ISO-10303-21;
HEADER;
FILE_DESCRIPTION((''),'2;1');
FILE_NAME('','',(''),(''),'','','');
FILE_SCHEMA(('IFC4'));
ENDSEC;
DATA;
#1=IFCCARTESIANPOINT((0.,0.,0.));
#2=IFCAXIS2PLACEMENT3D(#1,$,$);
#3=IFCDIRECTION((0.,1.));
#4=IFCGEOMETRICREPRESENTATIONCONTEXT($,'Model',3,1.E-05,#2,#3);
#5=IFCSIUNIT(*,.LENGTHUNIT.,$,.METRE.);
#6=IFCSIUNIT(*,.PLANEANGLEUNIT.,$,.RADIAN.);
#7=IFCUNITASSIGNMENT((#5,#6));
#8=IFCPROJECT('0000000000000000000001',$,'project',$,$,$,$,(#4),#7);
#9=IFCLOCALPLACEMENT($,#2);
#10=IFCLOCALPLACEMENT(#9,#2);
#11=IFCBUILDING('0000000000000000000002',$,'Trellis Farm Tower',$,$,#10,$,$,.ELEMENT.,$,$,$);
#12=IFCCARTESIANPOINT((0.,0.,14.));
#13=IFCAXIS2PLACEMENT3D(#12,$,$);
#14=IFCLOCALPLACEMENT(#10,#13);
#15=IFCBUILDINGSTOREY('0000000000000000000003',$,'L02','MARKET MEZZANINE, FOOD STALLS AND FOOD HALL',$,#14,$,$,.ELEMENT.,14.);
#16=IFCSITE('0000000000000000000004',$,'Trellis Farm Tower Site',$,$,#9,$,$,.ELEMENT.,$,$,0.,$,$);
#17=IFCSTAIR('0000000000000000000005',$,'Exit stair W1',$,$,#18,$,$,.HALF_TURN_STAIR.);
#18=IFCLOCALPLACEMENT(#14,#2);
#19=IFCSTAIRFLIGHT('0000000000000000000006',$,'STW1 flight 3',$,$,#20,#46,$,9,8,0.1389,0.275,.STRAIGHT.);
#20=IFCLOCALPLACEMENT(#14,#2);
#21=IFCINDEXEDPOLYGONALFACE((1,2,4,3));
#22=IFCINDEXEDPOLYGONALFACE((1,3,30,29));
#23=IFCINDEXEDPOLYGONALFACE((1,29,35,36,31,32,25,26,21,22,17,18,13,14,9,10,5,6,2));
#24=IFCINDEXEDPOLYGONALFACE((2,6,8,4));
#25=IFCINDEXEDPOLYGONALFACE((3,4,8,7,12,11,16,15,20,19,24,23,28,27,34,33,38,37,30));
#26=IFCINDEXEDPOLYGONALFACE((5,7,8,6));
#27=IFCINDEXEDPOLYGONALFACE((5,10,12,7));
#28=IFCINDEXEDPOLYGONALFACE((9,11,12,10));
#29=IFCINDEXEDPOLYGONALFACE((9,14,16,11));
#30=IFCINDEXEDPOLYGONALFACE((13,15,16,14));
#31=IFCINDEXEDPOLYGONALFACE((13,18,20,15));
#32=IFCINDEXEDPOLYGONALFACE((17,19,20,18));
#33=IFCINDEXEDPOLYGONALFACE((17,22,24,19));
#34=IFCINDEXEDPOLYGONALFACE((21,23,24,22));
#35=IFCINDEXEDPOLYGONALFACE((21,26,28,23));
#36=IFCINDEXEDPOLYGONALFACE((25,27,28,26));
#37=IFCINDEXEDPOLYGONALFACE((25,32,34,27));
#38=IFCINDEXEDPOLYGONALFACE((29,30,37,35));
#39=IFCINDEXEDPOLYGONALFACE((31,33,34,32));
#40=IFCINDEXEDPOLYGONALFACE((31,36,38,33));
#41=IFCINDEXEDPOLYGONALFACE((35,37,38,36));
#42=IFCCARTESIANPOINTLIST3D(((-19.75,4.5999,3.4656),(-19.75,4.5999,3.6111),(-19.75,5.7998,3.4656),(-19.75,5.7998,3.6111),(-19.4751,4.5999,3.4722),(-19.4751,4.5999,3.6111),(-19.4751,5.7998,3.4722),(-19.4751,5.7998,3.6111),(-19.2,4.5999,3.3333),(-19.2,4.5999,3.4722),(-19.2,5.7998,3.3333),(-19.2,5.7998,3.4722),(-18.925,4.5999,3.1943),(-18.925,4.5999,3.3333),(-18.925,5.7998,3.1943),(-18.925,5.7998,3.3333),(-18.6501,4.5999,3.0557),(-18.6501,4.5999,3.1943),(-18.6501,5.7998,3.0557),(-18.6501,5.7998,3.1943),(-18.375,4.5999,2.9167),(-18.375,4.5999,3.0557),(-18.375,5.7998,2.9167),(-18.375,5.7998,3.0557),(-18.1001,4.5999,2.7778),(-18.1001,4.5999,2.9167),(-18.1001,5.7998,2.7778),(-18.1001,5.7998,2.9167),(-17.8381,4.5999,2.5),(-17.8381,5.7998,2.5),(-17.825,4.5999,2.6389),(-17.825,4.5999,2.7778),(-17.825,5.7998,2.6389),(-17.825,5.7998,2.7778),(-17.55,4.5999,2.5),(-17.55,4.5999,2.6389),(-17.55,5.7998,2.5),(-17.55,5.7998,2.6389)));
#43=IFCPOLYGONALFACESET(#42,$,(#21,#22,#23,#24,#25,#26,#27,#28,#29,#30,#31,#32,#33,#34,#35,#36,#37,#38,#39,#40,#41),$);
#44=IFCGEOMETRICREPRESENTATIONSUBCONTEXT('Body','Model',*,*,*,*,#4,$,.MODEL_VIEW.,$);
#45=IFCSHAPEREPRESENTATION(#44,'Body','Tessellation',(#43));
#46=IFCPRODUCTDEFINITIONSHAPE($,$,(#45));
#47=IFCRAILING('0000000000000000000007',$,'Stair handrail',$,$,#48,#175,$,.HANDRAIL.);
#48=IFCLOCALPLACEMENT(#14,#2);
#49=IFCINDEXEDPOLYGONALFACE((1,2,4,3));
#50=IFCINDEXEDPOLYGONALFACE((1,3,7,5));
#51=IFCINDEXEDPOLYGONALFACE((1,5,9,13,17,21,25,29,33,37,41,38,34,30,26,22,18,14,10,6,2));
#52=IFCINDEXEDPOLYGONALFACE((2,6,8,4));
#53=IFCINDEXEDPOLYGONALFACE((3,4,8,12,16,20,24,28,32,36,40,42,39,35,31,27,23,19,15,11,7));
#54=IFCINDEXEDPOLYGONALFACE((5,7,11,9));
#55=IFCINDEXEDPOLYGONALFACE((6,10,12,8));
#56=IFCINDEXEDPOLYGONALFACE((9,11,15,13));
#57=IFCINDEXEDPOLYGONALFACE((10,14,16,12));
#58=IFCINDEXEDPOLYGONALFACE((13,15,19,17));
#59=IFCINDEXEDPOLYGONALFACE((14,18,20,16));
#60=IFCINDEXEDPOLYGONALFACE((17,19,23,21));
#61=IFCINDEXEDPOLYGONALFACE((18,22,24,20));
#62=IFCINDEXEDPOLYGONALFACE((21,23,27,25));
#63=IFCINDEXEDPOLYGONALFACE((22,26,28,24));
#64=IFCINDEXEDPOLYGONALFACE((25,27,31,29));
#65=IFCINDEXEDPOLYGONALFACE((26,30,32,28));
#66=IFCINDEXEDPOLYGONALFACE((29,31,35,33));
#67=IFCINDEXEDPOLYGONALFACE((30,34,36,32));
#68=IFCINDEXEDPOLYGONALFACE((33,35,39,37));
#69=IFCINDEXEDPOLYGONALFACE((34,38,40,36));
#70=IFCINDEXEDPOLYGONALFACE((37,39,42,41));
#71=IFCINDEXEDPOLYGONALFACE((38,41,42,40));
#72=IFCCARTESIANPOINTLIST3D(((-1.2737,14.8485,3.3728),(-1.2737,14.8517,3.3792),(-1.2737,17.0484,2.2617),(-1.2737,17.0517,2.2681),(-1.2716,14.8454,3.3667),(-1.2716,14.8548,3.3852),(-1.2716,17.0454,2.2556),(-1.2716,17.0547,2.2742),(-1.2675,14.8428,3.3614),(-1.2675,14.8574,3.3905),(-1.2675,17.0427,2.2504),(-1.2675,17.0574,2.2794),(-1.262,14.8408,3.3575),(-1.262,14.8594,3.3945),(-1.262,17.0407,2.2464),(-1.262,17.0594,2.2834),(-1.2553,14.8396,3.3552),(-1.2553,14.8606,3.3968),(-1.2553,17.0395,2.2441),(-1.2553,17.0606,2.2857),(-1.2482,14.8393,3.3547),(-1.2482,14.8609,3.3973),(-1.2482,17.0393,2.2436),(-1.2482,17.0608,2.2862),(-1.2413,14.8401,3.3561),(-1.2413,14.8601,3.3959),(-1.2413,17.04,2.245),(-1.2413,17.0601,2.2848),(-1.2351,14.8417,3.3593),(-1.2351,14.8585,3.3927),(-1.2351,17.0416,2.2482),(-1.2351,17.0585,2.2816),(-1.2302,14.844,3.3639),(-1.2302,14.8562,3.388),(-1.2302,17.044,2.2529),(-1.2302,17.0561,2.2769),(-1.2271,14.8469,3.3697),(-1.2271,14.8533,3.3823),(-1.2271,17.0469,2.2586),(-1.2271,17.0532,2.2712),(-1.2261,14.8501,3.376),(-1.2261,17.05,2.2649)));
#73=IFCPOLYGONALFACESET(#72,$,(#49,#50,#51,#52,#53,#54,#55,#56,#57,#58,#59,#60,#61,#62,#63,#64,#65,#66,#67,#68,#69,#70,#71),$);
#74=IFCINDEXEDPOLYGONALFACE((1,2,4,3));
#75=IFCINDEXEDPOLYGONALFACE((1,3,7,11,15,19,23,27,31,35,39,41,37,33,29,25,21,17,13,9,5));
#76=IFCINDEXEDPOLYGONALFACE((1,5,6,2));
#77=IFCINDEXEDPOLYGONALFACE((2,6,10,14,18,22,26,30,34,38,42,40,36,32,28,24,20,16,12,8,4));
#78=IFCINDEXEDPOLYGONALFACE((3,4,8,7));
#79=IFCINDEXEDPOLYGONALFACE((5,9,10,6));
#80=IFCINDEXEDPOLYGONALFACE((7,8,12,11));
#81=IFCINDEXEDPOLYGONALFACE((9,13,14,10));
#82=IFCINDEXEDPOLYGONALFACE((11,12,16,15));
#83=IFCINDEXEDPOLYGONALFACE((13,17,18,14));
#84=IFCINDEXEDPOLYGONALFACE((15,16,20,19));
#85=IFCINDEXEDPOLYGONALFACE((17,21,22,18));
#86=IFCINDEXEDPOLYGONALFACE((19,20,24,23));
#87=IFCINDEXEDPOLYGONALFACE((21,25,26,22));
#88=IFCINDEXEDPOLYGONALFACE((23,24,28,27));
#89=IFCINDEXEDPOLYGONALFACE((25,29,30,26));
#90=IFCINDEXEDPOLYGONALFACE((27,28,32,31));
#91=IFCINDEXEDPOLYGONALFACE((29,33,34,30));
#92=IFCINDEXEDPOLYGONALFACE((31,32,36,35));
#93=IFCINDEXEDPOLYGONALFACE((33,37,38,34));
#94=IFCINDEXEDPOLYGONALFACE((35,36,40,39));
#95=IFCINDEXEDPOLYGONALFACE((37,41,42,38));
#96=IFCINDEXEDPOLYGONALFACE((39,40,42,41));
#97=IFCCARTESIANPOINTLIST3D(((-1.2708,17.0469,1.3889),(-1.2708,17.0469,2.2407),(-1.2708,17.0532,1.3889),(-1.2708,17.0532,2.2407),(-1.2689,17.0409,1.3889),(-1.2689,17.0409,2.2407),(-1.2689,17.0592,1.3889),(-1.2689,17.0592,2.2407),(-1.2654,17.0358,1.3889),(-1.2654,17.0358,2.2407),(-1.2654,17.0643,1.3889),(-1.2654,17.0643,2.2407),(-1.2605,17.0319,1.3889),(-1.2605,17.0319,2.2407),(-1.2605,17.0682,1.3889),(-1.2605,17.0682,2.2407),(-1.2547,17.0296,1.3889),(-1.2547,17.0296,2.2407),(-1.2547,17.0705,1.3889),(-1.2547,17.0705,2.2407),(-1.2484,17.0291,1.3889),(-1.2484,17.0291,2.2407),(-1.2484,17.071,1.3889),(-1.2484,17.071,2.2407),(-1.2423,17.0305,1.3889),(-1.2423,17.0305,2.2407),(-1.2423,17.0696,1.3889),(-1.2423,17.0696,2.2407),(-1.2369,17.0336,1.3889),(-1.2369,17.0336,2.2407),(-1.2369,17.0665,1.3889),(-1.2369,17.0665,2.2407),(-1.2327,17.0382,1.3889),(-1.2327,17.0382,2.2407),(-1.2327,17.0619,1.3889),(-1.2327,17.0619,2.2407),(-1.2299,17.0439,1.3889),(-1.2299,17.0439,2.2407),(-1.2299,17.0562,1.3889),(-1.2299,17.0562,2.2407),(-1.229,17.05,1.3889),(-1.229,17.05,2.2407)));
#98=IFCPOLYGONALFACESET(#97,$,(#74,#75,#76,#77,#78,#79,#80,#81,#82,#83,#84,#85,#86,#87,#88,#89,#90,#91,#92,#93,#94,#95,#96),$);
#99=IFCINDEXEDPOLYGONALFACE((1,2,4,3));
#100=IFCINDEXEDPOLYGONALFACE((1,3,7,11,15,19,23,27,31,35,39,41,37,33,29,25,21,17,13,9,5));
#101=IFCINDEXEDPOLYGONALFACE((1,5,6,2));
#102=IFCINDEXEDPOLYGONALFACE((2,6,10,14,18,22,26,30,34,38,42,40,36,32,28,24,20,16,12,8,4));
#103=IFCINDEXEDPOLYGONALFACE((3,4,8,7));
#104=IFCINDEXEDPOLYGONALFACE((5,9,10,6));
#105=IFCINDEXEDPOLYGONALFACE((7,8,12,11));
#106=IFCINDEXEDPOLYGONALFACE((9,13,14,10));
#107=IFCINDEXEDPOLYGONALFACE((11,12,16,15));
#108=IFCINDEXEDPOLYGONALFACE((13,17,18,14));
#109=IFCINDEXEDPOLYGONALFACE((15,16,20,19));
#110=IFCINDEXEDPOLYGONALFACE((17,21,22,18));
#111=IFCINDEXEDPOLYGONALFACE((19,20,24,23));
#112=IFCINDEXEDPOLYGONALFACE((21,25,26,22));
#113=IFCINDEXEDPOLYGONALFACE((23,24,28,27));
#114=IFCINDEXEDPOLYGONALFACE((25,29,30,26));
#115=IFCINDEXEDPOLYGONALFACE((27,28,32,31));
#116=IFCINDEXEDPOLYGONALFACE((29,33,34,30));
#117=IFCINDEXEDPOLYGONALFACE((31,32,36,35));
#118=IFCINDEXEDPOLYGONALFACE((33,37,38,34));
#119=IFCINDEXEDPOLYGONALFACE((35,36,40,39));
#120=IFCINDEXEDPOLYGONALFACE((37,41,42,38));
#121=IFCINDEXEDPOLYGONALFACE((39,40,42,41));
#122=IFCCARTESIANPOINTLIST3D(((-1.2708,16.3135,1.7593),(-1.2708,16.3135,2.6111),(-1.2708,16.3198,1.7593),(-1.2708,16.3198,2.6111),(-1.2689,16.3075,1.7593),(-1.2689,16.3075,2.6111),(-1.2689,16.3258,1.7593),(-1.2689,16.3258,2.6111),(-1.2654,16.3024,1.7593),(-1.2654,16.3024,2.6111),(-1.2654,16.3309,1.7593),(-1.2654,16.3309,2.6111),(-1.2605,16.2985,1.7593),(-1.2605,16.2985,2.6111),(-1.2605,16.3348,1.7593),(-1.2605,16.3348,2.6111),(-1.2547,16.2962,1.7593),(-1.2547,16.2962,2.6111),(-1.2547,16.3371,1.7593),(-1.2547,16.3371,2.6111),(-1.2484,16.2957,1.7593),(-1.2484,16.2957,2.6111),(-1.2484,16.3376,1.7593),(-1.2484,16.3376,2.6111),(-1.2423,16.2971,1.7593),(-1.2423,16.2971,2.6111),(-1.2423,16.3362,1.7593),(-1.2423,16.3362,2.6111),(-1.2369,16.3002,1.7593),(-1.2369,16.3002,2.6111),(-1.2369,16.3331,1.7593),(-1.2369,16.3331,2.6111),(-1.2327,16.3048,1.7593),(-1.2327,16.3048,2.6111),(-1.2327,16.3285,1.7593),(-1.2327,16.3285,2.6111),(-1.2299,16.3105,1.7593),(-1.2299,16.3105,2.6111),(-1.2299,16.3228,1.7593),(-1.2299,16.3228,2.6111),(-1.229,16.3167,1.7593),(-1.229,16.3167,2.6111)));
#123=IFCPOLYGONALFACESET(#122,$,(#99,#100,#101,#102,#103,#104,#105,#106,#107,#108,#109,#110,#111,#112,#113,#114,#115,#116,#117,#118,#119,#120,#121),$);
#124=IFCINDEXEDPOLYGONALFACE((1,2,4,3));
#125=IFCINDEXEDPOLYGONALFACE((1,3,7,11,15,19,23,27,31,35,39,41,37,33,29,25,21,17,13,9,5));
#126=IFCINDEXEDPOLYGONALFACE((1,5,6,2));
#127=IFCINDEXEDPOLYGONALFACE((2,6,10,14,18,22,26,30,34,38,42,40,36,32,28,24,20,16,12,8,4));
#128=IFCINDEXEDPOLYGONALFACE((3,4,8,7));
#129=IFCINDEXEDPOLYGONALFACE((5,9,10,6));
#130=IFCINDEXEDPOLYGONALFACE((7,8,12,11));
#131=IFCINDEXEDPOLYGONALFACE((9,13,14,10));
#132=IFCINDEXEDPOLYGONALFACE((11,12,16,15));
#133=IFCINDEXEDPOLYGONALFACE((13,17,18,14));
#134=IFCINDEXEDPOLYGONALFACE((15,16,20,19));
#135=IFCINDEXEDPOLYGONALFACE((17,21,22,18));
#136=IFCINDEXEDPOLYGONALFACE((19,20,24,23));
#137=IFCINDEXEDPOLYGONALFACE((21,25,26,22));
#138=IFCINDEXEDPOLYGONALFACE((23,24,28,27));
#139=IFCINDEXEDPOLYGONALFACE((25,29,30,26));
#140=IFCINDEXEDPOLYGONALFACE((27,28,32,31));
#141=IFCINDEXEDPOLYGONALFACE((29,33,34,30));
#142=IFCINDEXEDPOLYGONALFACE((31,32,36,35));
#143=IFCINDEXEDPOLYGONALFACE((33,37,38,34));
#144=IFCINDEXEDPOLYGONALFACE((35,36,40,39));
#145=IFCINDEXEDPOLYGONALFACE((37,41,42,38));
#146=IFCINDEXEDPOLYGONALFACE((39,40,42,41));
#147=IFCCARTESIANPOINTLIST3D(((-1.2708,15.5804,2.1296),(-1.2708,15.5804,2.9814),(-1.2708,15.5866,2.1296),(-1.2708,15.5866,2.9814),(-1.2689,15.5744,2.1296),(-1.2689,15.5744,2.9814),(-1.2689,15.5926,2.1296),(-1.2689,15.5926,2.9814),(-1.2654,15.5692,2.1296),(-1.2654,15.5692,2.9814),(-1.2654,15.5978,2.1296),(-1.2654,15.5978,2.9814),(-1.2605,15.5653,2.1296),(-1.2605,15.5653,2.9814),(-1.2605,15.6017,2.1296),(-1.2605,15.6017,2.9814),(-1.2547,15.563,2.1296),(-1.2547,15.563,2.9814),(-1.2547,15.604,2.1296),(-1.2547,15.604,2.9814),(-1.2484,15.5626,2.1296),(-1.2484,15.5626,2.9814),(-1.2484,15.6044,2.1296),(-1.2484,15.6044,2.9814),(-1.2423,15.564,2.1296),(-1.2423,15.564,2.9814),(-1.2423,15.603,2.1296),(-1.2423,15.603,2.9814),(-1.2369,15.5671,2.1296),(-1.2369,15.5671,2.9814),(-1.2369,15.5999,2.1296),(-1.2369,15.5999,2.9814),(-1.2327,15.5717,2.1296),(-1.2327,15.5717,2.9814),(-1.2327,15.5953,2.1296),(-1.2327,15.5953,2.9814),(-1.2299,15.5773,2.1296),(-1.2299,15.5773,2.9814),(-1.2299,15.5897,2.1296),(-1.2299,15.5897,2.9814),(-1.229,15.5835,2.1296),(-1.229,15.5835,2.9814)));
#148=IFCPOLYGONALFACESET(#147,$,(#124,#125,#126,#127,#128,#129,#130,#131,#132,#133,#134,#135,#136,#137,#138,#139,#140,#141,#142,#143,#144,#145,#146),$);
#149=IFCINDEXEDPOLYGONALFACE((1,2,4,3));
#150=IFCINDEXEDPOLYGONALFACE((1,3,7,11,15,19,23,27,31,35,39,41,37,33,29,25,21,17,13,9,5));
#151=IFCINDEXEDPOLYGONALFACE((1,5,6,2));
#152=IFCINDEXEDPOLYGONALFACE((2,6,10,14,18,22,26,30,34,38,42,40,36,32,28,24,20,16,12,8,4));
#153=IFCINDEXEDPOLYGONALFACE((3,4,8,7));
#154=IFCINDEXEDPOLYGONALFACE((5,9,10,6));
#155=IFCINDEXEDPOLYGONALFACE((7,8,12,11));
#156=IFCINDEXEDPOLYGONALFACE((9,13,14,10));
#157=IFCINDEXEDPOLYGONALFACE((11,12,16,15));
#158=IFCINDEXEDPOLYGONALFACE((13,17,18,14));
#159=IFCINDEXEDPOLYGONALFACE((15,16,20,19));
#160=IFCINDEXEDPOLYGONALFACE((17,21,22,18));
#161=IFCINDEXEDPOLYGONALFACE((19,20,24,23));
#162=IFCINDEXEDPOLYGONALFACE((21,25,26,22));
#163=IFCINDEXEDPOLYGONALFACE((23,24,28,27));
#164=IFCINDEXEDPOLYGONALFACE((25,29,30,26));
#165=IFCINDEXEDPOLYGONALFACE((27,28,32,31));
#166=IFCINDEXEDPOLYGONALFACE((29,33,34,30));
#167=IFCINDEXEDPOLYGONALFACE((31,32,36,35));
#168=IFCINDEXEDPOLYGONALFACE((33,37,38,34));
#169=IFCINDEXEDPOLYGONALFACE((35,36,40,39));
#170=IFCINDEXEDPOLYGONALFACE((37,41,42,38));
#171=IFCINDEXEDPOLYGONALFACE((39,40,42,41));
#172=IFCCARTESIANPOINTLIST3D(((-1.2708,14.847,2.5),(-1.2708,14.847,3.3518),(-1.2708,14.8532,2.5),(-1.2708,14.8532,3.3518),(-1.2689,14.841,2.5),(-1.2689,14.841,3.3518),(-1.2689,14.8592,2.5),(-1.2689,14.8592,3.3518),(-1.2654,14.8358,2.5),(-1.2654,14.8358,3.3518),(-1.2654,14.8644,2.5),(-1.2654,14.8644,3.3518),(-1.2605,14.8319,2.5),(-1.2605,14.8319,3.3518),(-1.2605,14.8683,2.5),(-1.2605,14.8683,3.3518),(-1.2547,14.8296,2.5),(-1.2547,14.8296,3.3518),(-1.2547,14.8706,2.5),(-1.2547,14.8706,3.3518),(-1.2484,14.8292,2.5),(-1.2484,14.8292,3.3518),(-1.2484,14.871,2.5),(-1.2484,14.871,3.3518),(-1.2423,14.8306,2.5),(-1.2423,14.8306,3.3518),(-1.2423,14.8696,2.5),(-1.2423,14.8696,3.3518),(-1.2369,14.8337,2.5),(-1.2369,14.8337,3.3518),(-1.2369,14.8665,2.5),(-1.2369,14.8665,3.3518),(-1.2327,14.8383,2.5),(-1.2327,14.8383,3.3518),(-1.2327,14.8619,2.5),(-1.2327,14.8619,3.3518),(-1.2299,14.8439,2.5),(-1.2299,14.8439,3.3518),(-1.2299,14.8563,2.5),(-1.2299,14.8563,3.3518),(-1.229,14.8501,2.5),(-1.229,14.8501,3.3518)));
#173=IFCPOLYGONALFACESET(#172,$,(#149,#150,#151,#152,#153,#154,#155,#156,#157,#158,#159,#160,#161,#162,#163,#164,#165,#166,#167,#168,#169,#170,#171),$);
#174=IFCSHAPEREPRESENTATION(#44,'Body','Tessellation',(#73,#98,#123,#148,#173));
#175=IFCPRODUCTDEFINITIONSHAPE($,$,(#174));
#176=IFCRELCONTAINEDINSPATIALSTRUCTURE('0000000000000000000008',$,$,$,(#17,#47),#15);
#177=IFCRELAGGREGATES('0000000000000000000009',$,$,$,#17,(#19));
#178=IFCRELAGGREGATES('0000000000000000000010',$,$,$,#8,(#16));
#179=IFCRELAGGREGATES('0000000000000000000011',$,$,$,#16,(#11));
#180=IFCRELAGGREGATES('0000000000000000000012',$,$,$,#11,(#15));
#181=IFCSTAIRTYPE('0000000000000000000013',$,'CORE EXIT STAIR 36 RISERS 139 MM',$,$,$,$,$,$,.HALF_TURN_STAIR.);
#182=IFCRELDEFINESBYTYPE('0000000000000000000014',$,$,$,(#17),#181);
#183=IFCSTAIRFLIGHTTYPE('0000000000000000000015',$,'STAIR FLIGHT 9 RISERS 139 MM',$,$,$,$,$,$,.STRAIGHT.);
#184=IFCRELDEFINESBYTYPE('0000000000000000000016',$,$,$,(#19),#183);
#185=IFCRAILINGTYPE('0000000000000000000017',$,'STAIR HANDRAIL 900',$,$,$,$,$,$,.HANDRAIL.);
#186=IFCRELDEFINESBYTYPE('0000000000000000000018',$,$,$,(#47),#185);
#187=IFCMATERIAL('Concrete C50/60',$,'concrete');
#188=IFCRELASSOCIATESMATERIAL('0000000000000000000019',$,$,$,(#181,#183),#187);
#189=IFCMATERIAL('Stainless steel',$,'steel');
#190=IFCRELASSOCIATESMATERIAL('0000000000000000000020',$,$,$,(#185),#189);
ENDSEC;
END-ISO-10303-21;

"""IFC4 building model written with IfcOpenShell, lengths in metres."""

from ifc_helpers import new_model, si_unit, direction, frame, origin, origin_2d, place, context, subcontext, project, spatial, polyline, circle, outline, extrude, source, transform, mapped, material, type_object, element, aggregate, save


model = new_model("IFC4")

# Units and contexts
model_context = context("Model", 3, precision=1e-05, world=origin(), true_north=direction((0.0, 1.0)))
body_context = subcontext(model_context, "Body", "Model", "MODEL_VIEW")
ifc_project = project(units=[si_unit("LENGTHUNIT", "METRE"), si_unit("PLANEANGLEUNIT", "RADIAN")], contexts=[model_context])

# Site, building, storey
site_placement = place(None, origin())
site = spatial("IfcSite", under=ifc_project, at=site_placement, Name="Trellis Farm Tower Site", CompositionType="ELEMENT", RefElevation=0.0)
building_placement = place(site_placement, origin())
building = spatial("IfcBuilding", under=site, at=building_placement, Name="Trellis Farm Tower", CompositionType="ELEMENT")
storey_placement = place(building_placement, frame((0.0, 0.0, 14.0)))
storey = spatial("IfcBuildingStorey", under=building, at=storey_placement, Name="L02", Description="MARKET MEZZANINE, FOOD STALLS AND FOOD HALL", CompositionType="ELEMENT", Elevation=14.0)

# Shared definitions
ifc_material_1 = material(Name="Concrete C50/60", Category="concrete")
stair_type = type_object("IfcStairType", Name="CORE EXIT STAIR 36 RISERS 139 MM", PredefinedType="HALF_TURN_STAIR", material=ifc_material_1)
placement = place(storey_placement, origin())
stair_flight_type = type_object("IfcStairFlightType", Name="STAIR FLIGHT 9 RISERS 139 MM", PredefinedType="STRAIGHT", material=ifc_material_1)
shared_shape_1 = source(origin(), body_context, "Body", "SweptSolid", [
    extrude(outline(polyline([(0.0, 0.0), (0.0, 0.1389), (0.2749, 0.1389), (0.2749, 0.2778), (0.55, 0.2778), (0.55, 0.4167), (0.825, 0.4167), (0.825, 0.5557), (1.1001, 0.5557), (1.1001, 0.6943), (1.375, 0.6943), (1.375, 0.8333), (1.6499, 0.8333), (1.6499, 0.9722), (1.925, 0.9722), (1.925, 1.1111), (2.2, 1.1111), (2.2, 1.25), (2.2, 0.9656), (0.2881, 0.0), (0.0, 0.0)])), frame((0.0, 0.6001, 0.0), z_axis=(0.0, -1.0, 0.0), x_axis=(1.0, 0.0, 0.0)), (0.0, 0.0, 1.0), 1.2),
])

# Stair, stair flight
stair_1 = element("IfcStair", 1, at=placement, inside=storey, type_object=stair_type, Name="Exit stair W1", PredefinedType="HALF_TURN_STAIR")
stair_flight_1_placement = place(storey_placement, frame((-17.55, 5.2, 2.5), z_axis=(0.0, 0.0, 1.0), x_axis=(-1.0, 0.0, 0.0)))
stair_flight_1 = element("IfcStairFlight", 2, at=stair_flight_1_placement, type_object=stair_flight_type, Name="STW1 flight 3", NumberOfRisers=9, NumberOfTreads=8, PredefinedType="STRAIGHT", RiserHeight=0.1389, TreadLength=0.275, context=body_context, shape_type="MappedRepresentation", body=[
    mapped(shared_shape_1, transform((0.0, 0.0, 0.0))),
])
aggregate(stair_1, [stair_flight_1])

# Railing
ifc_material_2 = material(Name="Stainless steel", Category="steel")
railing_type = type_object("IfcRailingType", Name="STAIR HANDRAIL 900", PredefinedType="HANDRAIL", material=ifc_material_2)
shared_shape_2 = source(origin(), body_context, "Body", "SweptSolid", [
    extrude(circle(Radius=0.0239, at=origin_2d()), frame((0.0, 0.0, 0.876), z_axis=(0.0, -0.892617, 0.450816), x_axis=(1.0, 0.0, 0.0)), (0.0, 0.0, 1.0), 2.4646),
    extrude(circle(Radius=0.021, at=origin_2d()), origin(), (0.0, 0.0, 1.0), 0.8518),
    extrude(circle(Radius=0.021, at=origin_2d()), frame((0.0, -0.7334, 0.3704)), (0.0, 0.0, 1.0), 0.8518),
    extrude(circle(Radius=0.021, at=origin_2d()), frame((0.0, -1.4666, 0.7407)), (0.0, 0.0, 1.0), 0.8518),
    extrude(circle(Radius=0.021, at=origin_2d()), frame((0.0, -2.2, 1.1111)), (0.0, 0.0, 1.0), 0.8518),
])
for number, where, name in (
    (3, (-1.25, 17.05, 1.3889), "Stair handrail"),
):
    element("IfcRailing", number, at=place(storey_placement, frame(where)), inside=storey, type_object=railing_type, Name=name, PredefinedType="HANDRAIL", context=body_context, shape_type="MappedRepresentation", body=[
        mapped(shared_shape_2, transform((0.0, 0.0, 0.0))),
    ])

save(model, "model.ifc")
